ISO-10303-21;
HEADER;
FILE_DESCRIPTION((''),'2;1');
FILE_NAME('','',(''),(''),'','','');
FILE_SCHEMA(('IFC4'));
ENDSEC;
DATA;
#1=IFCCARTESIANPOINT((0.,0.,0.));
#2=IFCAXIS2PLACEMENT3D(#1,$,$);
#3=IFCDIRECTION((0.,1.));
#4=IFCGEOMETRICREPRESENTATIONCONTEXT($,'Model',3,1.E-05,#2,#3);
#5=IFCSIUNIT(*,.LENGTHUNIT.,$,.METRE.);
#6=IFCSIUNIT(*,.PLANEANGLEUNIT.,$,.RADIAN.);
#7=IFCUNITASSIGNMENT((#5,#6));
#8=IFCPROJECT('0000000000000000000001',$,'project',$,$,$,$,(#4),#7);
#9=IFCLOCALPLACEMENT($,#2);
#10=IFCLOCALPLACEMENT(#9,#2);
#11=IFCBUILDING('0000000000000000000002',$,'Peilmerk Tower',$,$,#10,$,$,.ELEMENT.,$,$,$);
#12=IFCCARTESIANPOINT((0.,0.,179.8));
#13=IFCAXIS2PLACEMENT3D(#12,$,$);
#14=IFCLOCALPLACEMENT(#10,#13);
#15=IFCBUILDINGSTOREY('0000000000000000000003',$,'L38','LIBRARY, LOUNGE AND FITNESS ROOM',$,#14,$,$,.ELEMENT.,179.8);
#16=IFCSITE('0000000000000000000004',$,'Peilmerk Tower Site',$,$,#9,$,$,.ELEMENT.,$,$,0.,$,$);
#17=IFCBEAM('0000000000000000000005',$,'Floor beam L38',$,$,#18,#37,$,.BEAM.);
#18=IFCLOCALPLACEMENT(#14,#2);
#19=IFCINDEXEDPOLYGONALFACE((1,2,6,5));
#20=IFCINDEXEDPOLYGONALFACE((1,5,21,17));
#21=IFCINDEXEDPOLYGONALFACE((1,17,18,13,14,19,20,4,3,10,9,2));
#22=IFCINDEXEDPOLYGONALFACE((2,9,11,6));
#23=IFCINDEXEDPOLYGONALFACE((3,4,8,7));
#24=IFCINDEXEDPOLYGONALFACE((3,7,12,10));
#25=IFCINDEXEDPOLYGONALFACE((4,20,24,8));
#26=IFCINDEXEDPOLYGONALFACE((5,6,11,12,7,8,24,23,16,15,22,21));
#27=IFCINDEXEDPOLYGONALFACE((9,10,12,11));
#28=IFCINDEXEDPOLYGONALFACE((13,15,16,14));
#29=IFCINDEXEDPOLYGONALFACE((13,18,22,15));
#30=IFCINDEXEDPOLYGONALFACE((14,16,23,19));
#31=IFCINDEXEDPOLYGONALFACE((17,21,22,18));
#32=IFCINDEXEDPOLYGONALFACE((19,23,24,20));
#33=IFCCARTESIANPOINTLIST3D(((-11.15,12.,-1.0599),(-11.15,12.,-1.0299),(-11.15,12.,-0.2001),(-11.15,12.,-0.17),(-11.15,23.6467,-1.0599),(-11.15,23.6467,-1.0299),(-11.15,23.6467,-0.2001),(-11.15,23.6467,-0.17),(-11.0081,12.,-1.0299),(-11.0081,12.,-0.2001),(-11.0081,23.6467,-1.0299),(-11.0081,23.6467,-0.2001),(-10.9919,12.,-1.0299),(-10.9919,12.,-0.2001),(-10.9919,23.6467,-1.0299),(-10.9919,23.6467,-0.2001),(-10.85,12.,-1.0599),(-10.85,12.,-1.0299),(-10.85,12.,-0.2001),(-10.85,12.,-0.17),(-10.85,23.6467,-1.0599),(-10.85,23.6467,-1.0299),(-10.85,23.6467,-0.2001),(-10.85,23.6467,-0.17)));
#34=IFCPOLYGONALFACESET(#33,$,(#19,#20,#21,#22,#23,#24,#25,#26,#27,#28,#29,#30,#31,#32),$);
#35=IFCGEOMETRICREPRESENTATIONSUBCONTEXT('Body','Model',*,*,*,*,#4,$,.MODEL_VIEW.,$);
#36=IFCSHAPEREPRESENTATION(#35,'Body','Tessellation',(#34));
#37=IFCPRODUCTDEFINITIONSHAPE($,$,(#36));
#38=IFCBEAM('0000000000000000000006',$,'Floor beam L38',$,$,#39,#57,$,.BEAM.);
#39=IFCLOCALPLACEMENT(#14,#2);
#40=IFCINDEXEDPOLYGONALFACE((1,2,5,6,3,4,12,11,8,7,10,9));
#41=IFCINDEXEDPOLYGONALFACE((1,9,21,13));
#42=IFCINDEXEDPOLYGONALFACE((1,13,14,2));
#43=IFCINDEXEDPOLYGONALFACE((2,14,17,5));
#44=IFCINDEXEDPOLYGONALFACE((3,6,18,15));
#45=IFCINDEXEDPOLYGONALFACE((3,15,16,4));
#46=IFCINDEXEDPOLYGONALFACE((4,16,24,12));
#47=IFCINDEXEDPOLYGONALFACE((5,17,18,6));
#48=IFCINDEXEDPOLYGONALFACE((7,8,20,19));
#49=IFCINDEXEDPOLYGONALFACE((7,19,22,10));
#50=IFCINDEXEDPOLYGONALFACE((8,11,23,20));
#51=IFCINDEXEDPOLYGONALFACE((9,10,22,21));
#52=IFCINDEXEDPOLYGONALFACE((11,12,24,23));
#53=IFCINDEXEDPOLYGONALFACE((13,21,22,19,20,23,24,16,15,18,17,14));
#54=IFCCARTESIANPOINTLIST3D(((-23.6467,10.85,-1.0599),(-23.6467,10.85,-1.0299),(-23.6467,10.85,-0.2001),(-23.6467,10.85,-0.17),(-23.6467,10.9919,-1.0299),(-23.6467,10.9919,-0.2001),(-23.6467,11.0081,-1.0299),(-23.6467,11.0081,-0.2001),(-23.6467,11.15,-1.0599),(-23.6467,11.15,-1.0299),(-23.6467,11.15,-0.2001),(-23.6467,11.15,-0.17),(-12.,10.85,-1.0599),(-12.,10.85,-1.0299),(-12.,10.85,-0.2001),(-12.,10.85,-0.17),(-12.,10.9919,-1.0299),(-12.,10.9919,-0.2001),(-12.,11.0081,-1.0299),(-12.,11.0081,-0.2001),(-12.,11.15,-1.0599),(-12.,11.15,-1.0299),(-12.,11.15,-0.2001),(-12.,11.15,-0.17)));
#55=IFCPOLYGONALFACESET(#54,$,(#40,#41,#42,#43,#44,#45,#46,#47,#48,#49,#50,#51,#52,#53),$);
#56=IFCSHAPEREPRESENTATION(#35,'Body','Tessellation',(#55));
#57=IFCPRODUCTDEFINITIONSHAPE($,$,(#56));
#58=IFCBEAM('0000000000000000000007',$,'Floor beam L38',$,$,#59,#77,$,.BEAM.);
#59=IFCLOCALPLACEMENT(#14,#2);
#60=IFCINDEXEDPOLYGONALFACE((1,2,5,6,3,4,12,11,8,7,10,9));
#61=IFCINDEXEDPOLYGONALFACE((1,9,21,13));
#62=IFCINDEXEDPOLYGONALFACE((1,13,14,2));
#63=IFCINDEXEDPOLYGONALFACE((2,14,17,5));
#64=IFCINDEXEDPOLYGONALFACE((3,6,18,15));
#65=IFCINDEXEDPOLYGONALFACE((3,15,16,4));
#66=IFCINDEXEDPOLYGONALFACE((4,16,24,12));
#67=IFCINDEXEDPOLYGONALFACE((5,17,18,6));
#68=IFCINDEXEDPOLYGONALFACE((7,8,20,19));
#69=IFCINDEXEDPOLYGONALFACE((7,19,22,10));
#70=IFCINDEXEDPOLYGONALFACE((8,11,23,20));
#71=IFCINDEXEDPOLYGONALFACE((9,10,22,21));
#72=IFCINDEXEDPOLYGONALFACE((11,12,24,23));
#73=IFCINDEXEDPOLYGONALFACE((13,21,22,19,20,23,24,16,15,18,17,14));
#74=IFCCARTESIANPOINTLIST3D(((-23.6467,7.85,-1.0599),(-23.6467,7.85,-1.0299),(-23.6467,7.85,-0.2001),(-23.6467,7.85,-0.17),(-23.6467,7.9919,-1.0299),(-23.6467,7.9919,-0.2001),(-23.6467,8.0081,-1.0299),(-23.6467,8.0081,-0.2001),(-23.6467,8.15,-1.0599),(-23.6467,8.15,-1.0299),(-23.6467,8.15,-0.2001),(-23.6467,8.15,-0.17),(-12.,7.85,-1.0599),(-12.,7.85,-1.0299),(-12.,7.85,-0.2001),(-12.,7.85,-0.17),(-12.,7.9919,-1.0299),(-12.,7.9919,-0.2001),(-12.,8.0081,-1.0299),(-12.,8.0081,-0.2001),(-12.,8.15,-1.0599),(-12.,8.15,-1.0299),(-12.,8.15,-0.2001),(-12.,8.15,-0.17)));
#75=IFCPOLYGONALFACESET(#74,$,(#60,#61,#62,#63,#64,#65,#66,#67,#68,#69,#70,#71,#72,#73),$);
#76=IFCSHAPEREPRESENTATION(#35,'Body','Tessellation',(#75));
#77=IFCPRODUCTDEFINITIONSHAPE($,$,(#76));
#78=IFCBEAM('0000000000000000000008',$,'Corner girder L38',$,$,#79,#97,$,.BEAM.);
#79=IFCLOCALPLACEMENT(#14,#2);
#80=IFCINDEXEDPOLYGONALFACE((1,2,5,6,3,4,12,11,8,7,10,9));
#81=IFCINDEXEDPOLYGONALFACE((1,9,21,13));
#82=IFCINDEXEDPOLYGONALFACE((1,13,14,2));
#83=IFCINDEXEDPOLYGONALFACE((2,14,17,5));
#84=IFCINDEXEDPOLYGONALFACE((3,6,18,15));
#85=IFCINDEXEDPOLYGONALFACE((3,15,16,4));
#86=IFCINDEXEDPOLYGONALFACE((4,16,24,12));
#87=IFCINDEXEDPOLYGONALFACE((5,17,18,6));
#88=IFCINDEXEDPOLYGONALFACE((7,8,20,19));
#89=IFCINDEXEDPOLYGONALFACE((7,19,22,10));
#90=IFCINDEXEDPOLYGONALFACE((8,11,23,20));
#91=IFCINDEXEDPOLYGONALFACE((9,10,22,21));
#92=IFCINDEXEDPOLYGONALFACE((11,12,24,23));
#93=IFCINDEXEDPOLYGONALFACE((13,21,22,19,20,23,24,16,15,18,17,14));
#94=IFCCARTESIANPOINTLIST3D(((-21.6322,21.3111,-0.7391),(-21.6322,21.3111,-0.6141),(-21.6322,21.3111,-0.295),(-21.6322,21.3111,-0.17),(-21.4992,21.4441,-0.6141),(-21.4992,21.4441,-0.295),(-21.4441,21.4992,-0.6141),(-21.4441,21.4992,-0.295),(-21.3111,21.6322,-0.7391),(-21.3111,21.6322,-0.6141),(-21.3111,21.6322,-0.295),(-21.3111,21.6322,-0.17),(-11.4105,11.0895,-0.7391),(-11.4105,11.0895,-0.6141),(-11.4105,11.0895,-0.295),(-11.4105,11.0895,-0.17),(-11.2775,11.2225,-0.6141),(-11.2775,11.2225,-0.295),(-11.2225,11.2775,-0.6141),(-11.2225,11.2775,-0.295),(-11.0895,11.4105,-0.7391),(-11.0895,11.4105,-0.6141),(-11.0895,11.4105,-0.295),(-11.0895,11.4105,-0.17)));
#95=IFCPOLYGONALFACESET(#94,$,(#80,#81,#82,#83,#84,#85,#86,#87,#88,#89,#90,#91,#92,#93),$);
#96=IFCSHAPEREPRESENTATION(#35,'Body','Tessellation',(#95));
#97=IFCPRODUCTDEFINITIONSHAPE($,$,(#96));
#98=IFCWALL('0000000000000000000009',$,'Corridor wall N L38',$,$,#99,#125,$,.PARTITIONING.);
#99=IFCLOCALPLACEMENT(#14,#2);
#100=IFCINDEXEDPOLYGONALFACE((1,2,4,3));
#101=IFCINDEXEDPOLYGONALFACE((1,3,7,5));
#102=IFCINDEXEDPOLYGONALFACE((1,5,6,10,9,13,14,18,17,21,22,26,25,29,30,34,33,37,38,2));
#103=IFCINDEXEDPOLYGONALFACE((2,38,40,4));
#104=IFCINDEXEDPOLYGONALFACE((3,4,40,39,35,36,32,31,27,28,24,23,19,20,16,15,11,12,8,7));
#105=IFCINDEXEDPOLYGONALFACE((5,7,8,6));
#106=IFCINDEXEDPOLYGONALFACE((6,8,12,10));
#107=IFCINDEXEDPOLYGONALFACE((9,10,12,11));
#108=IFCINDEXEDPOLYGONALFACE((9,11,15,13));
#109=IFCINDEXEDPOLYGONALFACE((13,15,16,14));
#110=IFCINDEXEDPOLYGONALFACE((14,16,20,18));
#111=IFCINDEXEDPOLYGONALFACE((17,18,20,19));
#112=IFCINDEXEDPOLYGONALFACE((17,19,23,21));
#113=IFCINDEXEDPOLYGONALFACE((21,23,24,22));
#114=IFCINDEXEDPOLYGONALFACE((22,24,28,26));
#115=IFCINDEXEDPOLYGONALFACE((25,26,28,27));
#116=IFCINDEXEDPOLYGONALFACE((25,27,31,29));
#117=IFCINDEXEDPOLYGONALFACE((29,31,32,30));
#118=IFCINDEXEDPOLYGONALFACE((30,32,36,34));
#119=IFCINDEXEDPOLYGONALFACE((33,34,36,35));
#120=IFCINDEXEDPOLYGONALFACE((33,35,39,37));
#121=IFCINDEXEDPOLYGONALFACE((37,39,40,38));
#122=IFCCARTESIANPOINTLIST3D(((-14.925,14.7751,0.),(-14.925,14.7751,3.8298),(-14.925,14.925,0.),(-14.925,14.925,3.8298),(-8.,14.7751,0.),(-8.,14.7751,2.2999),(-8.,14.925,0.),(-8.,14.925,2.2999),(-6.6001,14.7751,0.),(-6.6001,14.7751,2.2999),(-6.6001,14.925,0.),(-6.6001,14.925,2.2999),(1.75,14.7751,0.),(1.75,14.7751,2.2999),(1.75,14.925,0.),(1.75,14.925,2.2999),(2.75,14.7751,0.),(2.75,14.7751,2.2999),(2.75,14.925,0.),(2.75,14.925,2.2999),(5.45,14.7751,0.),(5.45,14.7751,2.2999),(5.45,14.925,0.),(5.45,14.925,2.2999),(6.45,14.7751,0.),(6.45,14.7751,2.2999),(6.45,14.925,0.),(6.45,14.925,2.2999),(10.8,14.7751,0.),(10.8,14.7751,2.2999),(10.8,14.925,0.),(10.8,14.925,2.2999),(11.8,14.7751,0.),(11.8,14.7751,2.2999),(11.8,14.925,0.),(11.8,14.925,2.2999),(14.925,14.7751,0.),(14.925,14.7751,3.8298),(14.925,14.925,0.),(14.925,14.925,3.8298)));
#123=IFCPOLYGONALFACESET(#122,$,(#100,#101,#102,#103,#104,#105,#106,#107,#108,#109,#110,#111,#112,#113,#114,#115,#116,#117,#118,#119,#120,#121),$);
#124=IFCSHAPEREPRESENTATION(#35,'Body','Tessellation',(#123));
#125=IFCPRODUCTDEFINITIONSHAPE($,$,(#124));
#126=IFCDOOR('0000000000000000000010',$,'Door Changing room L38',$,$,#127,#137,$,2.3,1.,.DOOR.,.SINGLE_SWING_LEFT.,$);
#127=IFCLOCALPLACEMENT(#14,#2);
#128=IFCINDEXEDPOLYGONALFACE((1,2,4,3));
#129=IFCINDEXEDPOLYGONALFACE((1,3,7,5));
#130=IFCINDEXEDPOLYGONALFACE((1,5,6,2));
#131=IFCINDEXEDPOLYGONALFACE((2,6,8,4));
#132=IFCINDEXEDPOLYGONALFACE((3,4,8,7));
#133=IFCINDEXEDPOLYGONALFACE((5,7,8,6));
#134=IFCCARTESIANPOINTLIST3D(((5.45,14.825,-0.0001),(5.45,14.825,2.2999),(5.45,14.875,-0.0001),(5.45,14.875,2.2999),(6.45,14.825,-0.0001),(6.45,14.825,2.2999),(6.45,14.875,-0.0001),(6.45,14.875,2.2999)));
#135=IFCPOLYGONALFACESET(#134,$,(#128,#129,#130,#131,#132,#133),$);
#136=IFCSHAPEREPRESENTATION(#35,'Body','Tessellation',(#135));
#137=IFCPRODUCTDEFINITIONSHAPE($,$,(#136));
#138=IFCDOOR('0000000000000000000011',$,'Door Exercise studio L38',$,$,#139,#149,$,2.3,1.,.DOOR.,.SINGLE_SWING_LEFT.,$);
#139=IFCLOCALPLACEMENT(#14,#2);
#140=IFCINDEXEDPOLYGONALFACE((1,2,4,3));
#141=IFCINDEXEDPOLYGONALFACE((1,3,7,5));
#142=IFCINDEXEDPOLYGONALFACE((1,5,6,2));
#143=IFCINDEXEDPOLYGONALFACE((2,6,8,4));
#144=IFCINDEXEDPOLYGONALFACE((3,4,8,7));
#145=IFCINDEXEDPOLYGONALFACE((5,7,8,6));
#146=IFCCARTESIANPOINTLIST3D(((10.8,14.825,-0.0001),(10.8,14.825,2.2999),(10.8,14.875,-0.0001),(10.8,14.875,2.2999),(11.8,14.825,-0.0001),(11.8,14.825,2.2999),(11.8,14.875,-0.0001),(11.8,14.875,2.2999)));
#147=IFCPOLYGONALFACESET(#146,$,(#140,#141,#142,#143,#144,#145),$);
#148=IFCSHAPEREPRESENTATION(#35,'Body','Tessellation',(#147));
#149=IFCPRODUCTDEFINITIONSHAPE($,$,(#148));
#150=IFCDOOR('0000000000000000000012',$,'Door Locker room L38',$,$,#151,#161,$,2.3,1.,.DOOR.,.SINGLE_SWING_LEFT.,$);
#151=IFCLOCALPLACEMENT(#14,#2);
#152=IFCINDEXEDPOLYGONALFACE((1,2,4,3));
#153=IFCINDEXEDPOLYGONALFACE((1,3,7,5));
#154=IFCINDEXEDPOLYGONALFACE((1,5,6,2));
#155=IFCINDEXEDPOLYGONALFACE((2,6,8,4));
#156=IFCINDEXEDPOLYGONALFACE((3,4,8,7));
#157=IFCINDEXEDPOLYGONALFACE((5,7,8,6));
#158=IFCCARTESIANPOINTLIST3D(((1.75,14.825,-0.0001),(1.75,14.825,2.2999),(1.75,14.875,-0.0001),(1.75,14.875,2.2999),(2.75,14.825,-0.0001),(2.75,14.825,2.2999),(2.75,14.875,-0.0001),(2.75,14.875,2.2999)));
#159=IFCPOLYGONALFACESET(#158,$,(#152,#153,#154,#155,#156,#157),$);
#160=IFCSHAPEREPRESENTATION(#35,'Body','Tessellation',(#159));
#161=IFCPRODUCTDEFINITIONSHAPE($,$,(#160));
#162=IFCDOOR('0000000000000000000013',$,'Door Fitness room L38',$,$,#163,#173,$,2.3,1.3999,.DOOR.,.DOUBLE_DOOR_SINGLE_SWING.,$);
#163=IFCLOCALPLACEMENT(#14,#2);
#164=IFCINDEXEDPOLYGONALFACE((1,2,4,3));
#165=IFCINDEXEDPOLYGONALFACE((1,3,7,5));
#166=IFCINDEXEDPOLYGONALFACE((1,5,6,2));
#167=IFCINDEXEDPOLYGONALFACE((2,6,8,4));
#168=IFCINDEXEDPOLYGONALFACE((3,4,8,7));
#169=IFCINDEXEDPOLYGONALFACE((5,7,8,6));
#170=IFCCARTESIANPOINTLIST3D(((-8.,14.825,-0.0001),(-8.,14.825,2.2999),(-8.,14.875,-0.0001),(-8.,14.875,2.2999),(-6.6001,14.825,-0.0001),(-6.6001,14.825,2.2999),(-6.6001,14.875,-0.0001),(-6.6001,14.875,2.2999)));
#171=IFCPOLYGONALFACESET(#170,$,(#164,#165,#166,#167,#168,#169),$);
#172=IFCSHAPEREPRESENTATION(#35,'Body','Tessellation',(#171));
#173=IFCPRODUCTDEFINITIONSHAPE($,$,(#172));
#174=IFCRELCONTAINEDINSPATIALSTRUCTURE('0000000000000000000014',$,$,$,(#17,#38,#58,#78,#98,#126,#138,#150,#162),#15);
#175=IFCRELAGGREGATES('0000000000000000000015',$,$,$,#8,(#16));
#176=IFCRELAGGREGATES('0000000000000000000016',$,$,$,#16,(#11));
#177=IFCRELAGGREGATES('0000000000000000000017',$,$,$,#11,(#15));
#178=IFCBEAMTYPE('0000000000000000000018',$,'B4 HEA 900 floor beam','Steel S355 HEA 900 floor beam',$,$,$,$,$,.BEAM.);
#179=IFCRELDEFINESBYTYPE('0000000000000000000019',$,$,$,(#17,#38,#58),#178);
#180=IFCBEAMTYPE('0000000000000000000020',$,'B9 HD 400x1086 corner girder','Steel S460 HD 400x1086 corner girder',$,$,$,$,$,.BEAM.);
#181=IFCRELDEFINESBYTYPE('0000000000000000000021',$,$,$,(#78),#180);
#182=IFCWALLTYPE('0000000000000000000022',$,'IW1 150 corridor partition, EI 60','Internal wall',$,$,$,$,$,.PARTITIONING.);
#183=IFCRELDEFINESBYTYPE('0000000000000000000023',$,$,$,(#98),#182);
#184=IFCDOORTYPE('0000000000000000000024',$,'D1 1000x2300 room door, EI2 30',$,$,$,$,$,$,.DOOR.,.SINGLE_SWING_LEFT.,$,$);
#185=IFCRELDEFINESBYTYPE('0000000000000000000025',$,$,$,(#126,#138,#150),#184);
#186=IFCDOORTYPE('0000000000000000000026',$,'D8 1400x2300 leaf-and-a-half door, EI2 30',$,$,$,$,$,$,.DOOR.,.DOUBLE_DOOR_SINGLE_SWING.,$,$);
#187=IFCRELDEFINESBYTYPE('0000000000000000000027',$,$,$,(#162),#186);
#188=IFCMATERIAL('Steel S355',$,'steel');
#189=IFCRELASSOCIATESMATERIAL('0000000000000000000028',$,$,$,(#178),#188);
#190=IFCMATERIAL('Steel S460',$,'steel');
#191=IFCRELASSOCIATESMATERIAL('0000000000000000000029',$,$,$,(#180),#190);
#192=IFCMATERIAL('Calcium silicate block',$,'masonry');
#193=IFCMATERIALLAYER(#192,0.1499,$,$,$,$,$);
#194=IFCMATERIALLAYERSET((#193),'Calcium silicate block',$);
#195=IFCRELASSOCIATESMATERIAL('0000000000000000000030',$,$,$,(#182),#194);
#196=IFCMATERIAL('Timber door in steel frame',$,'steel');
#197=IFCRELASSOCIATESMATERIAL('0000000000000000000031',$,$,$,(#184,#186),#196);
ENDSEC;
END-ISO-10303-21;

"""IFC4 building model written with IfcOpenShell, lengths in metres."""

from ifc_helpers import new_model, si_unit, direction, frame, frame_2d, origin, origin_2d, place, context, subcontext, project, spatial, rectangle, i_section, extrude, material, layer, layer_set, material_profile, profile_set, type_object, element, fill, save


model = new_model("IFC4")

# Units and contexts
model_context = context("Model", 3, precision=1e-05, world=origin(), true_north=direction((0.0, 1.0)))
body_context = subcontext(model_context, "Body", "Model", "MODEL_VIEW")
ifc_project = project(units=[si_unit("LENGTHUNIT", "METRE"), si_unit("PLANEANGLEUNIT", "RADIAN")], contexts=[model_context])

# Site, building, storey
site_placement = place(None, origin())
site = spatial("IfcSite", under=ifc_project, at=site_placement, Name="Peilmerk Tower Site", CompositionType="ELEMENT", RefElevation=0.0)
building_placement = place(site_placement, origin())
building = spatial("IfcBuilding", under=site, at=building_placement, Name="Peilmerk Tower", CompositionType="ELEMENT")
storey_placement = place(building_placement, frame((0.0, 0.0, 179.8)))
storey = spatial("IfcBuildingStorey", under=building, at=storey_placement, Name="L38", Description="LIBRARY, LOUNGE AND FITNESS ROOM", CompositionType="ELEMENT", Elevation=179.8)

# Shared definitions
ifc_material_1 = material(Name="Steel S460", Category="steel")

# Beams
ifc_material_2 = material(Name="Steel S355", Category="steel")
ifc_material_profile_1 = material_profile(ifc_material_2, i_section(OverallWidth=0.3, OverallDepth=0.8899, WebThickness=0.0161, FlangeThickness=0.03, at=origin_2d()), Name="HEA 900")
ifc_profile_set_1 = profile_set([ifc_material_profile_1], Name="Steel S355")
beam_type_1 = type_object("IfcBeamType", Name="B4 HEA 900 floor beam", Description="Steel S355 HEA 900 floor beam", PredefinedType="BEAM", material=ifc_profile_set_1)
for number, where, z_axis, x_axis, name in (
    (1, (-11.0, 12.0, -0.615), (0.0, 1.0, 0.0), (-1.0, 0.0, 0.0), "Floor beam L38"),
    (2, (-12.0, 11.0, -0.615), (-1.0, 0.0, 0.0), (0.0, -1.0, 0.0), "Floor beam L38"),
    (3, (-12.0, 8.0, -0.615), (-1.0, 0.0, 0.0), (0.0, -1.0, 0.0), "Floor beam L38"),
):
    element("IfcBeam", number, at=place(storey_placement, frame(where, z_axis=z_axis, x_axis=x_axis)), inside=storey, type_object=beam_type_1, Name=name, PredefinedType="BEAM", context=body_context, shape_type="SweptSolid", body=[
        extrude(i_section(OverallWidth=0.3, OverallDepth=0.8899, WebThickness=0.0161, FlangeThickness=0.03, at=origin_2d()), origin(), (0.0, 0.0, 1.0), 11.6467),
    ])
ifc_material_profile_2 = material_profile(ifc_material_1, i_section(OverallWidth=0.4541, OverallDepth=0.5691, WebThickness=0.0779, FlangeThickness=0.125, at=origin_2d()), Name="HD 400x1086")
ifc_profile_set_2 = profile_set([ifc_material_profile_2], Name="Steel S460")
beam_type_2 = type_object("IfcBeamType", Name="B9 HD 400x1086 corner girder", Description="Steel S460 HD 400x1086 corner girder", PredefinedType="BEAM", material=ifc_profile_set_2)
beam_placement = place(storey_placement, frame((-11.25, 11.25, -0.4546), z_axis=(-0.707107, 0.707107, 0.0), x_axis=(-0.707107, -0.707107, 0.0)))
element("IfcBeam", 4, at=beam_placement, inside=storey, type_object=beam_type_2, Name="Corner girder L38", PredefinedType="BEAM", context=body_context, shape_type="SweptSolid", body=[
    extrude(i_section(OverallWidth=0.4541, OverallDepth=0.5691, WebThickness=0.0779, FlangeThickness=0.125, at=origin_2d()), origin(), (0.0, 0.0, 1.0), 14.4556),
])

# Wall, openings, doors
ifc_material_3 = material(Name="Calcium silicate block", Category="masonry")
ifc_layer_1 = layer(ifc_material_3, 0.1499)
ifc_layer_set_1 = layer_set([ifc_layer_1], Name="Calcium silicate block")
wall_type_1 = type_object("IfcWallType", Name="IW1 150 corridor partition, EI 60", Description="Internal wall", PredefinedType="PARTITIONING", material=ifc_layer_set_1)
wall_1_placement = place(storey_placement, frame((-14.925, 14.8501, 0.0), z_axis=(0.0, 0.0, 1.0), x_axis=(1.0, 0.0, 0.0)))
wall_1 = element("IfcWall", 5, at=wall_1_placement, inside=storey, type_object=wall_type_1, Name="Corridor wall N L38", PredefinedType="PARTITIONING", context=body_context, shape_type="SweptSolid", body=[
    extrude(rectangle(XDim=29.8501, YDim=0.1499, at=frame_2d((14.925, 0.0))), origin(), (0.0, 0.0, 1.0), 3.8298),
])
opening_1_placement = place(wall_1_placement, frame((6.925, 0.0, 0.0)))
opening_1 = element("IfcOpeningElement", 6, at=opening_1_placement, cuts=wall_1, PredefinedType="OPENING", context=body_context, shape_type="SweptSolid", body=[
    extrude(rectangle(XDim=1.3999, YDim=2.3, at=frame_2d((0.7, 1.1499))), frame((0.0, 0.085, 0.0), z_axis=(0.0, -1.0, 0.0), x_axis=(1.0, 0.0, 0.0)), (0.0, 0.0, 1.0), 0.1699),
])
opening_2_placement = place(wall_1_placement, frame((20.375, 0.0, 0.0)))
opening_2 = element("IfcOpeningElement", 7, at=opening_2_placement, cuts=wall_1, PredefinedType="OPENING", context=body_context, shape_type="SweptSolid", body=[
    extrude(rectangle(XDim=1.0, YDim=2.3, at=frame_2d((0.5, 1.1499))), frame((0.0, 0.085, 0.0), z_axis=(0.0, -1.0, 0.0), x_axis=(1.0, 0.0, 0.0)), (0.0, 0.0, 1.0), 0.1699),
])
opening_3_placement = place(wall_1_placement, frame((25.7251, 0.0, 0.0)))
opening_3 = element("IfcOpeningElement", 8, at=opening_3_placement, cuts=wall_1, PredefinedType="OPENING", context=body_context, shape_type="SweptSolid", body=[
    extrude(rectangle(XDim=1.0, YDim=2.3, at=frame_2d((0.5, 1.1499))), frame((0.0, 0.085, 0.0), z_axis=(0.0, -1.0, 0.0), x_axis=(1.0, 0.0, 0.0)), (0.0, 0.0, 1.0), 0.1699),
])
opening_4_placement = place(wall_1_placement, frame((16.675, 0.0, 0.0)))
opening_4 = element("IfcOpeningElement", 9, at=opening_4_placement, cuts=wall_1, PredefinedType="OPENING", context=body_context, shape_type="SweptSolid", body=[
    extrude(rectangle(XDim=1.0, YDim=2.3, at=frame_2d((0.5, 1.1499))), frame((0.0, 0.085, 0.0), z_axis=(0.0, -1.0, 0.0), x_axis=(1.0, 0.0, 0.0)), (0.0, 0.0, 1.0), 0.1699),
])
ifc_material_4 = material(Name="Timber door in steel frame", Category="steel")
door_type_1 = type_object("IfcDoorType", Name="D1 1000x2300 room door, EI2 30", OperationType="SINGLE_SWING_LEFT", PredefinedType="DOOR", material=ifc_material_4)
door_1_placement = place(opening_2_placement, origin())
door_1 = element("IfcDoor", 10, at=door_1_placement, inside=storey, type_object=door_type_1, Name="Door Changing room L38", OperationType="SINGLE_SWING_LEFT", OverallHeight=2.3, OverallWidth=1.0, PredefinedType="DOOR", context=body_context, shape_type="SweptSolid", body=[
    extrude(rectangle(XDim=1.0, YDim=2.3, at=frame_2d((0.5, 1.1499))), frame((0.0, 0.0249, 0.0), z_axis=(0.0, -1.0, 0.0), x_axis=(1.0, 0.0, 0.0)), (0.0, 0.0, 1.0), 0.05),
])
fill(opening_2, door_1)
door_2_placement = place(opening_3_placement, origin())
door_2 = element("IfcDoor", 11, at=door_2_placement, inside=storey, type_object=door_type_1, Name="Door Exercise studio L38", OperationType="SINGLE_SWING_LEFT", OverallHeight=2.3, OverallWidth=1.0, PredefinedType="DOOR", context=body_context, shape_type="SweptSolid", body=[
    extrude(rectangle(XDim=1.0, YDim=2.3, at=frame_2d((0.5, 1.1499))), frame((0.0, 0.0249, 0.0), z_axis=(0.0, -1.0, 0.0), x_axis=(1.0, 0.0, 0.0)), (0.0, 0.0, 1.0), 0.05),
])
fill(opening_3, door_2)
door_3_placement = place(opening_4_placement, origin())
door_3 = element("IfcDoor", 12, at=door_3_placement, inside=storey, type_object=door_type_1, Name="Door Locker room L38", OperationType="SINGLE_SWING_LEFT", OverallHeight=2.3, OverallWidth=1.0, PredefinedType="DOOR", context=body_context, shape_type="SweptSolid", body=[
    extrude(rectangle(XDim=1.0, YDim=2.3, at=frame_2d((0.5, 1.1499))), frame((0.0, 0.0249, 0.0), z_axis=(0.0, -1.0, 0.0), x_axis=(1.0, 0.0, 0.0)), (0.0, 0.0, 1.0), 0.05),
])
fill(opening_4, door_3)
door_type_2 = type_object("IfcDoorType", Name="D8 1400x2300 leaf-and-a-half door, EI2 30", OperationType="DOUBLE_DOOR_SINGLE_SWING", PredefinedType="DOOR", material=ifc_material_4)
door_4_placement = place(opening_1_placement, origin())
door_4 = element("IfcDoor", 13, at=door_4_placement, inside=storey, type_object=door_type_2, Name="Door Fitness room L38", OperationType="DOUBLE_DOOR_SINGLE_SWING", OverallHeight=2.3, OverallWidth=1.3999, PredefinedType="DOOR", context=body_context, shape_type="SweptSolid", body=[
    extrude(rectangle(XDim=1.3999, YDim=2.3, at=frame_2d((0.7, 1.1499))), frame((0.0, 0.0249, 0.0), z_axis=(0.0, -1.0, 0.0), x_axis=(1.0, 0.0, 0.0)), (0.0, 0.0, 1.0), 0.05),
])
fill(opening_1, door_4)

save(model, "model.ifc")
